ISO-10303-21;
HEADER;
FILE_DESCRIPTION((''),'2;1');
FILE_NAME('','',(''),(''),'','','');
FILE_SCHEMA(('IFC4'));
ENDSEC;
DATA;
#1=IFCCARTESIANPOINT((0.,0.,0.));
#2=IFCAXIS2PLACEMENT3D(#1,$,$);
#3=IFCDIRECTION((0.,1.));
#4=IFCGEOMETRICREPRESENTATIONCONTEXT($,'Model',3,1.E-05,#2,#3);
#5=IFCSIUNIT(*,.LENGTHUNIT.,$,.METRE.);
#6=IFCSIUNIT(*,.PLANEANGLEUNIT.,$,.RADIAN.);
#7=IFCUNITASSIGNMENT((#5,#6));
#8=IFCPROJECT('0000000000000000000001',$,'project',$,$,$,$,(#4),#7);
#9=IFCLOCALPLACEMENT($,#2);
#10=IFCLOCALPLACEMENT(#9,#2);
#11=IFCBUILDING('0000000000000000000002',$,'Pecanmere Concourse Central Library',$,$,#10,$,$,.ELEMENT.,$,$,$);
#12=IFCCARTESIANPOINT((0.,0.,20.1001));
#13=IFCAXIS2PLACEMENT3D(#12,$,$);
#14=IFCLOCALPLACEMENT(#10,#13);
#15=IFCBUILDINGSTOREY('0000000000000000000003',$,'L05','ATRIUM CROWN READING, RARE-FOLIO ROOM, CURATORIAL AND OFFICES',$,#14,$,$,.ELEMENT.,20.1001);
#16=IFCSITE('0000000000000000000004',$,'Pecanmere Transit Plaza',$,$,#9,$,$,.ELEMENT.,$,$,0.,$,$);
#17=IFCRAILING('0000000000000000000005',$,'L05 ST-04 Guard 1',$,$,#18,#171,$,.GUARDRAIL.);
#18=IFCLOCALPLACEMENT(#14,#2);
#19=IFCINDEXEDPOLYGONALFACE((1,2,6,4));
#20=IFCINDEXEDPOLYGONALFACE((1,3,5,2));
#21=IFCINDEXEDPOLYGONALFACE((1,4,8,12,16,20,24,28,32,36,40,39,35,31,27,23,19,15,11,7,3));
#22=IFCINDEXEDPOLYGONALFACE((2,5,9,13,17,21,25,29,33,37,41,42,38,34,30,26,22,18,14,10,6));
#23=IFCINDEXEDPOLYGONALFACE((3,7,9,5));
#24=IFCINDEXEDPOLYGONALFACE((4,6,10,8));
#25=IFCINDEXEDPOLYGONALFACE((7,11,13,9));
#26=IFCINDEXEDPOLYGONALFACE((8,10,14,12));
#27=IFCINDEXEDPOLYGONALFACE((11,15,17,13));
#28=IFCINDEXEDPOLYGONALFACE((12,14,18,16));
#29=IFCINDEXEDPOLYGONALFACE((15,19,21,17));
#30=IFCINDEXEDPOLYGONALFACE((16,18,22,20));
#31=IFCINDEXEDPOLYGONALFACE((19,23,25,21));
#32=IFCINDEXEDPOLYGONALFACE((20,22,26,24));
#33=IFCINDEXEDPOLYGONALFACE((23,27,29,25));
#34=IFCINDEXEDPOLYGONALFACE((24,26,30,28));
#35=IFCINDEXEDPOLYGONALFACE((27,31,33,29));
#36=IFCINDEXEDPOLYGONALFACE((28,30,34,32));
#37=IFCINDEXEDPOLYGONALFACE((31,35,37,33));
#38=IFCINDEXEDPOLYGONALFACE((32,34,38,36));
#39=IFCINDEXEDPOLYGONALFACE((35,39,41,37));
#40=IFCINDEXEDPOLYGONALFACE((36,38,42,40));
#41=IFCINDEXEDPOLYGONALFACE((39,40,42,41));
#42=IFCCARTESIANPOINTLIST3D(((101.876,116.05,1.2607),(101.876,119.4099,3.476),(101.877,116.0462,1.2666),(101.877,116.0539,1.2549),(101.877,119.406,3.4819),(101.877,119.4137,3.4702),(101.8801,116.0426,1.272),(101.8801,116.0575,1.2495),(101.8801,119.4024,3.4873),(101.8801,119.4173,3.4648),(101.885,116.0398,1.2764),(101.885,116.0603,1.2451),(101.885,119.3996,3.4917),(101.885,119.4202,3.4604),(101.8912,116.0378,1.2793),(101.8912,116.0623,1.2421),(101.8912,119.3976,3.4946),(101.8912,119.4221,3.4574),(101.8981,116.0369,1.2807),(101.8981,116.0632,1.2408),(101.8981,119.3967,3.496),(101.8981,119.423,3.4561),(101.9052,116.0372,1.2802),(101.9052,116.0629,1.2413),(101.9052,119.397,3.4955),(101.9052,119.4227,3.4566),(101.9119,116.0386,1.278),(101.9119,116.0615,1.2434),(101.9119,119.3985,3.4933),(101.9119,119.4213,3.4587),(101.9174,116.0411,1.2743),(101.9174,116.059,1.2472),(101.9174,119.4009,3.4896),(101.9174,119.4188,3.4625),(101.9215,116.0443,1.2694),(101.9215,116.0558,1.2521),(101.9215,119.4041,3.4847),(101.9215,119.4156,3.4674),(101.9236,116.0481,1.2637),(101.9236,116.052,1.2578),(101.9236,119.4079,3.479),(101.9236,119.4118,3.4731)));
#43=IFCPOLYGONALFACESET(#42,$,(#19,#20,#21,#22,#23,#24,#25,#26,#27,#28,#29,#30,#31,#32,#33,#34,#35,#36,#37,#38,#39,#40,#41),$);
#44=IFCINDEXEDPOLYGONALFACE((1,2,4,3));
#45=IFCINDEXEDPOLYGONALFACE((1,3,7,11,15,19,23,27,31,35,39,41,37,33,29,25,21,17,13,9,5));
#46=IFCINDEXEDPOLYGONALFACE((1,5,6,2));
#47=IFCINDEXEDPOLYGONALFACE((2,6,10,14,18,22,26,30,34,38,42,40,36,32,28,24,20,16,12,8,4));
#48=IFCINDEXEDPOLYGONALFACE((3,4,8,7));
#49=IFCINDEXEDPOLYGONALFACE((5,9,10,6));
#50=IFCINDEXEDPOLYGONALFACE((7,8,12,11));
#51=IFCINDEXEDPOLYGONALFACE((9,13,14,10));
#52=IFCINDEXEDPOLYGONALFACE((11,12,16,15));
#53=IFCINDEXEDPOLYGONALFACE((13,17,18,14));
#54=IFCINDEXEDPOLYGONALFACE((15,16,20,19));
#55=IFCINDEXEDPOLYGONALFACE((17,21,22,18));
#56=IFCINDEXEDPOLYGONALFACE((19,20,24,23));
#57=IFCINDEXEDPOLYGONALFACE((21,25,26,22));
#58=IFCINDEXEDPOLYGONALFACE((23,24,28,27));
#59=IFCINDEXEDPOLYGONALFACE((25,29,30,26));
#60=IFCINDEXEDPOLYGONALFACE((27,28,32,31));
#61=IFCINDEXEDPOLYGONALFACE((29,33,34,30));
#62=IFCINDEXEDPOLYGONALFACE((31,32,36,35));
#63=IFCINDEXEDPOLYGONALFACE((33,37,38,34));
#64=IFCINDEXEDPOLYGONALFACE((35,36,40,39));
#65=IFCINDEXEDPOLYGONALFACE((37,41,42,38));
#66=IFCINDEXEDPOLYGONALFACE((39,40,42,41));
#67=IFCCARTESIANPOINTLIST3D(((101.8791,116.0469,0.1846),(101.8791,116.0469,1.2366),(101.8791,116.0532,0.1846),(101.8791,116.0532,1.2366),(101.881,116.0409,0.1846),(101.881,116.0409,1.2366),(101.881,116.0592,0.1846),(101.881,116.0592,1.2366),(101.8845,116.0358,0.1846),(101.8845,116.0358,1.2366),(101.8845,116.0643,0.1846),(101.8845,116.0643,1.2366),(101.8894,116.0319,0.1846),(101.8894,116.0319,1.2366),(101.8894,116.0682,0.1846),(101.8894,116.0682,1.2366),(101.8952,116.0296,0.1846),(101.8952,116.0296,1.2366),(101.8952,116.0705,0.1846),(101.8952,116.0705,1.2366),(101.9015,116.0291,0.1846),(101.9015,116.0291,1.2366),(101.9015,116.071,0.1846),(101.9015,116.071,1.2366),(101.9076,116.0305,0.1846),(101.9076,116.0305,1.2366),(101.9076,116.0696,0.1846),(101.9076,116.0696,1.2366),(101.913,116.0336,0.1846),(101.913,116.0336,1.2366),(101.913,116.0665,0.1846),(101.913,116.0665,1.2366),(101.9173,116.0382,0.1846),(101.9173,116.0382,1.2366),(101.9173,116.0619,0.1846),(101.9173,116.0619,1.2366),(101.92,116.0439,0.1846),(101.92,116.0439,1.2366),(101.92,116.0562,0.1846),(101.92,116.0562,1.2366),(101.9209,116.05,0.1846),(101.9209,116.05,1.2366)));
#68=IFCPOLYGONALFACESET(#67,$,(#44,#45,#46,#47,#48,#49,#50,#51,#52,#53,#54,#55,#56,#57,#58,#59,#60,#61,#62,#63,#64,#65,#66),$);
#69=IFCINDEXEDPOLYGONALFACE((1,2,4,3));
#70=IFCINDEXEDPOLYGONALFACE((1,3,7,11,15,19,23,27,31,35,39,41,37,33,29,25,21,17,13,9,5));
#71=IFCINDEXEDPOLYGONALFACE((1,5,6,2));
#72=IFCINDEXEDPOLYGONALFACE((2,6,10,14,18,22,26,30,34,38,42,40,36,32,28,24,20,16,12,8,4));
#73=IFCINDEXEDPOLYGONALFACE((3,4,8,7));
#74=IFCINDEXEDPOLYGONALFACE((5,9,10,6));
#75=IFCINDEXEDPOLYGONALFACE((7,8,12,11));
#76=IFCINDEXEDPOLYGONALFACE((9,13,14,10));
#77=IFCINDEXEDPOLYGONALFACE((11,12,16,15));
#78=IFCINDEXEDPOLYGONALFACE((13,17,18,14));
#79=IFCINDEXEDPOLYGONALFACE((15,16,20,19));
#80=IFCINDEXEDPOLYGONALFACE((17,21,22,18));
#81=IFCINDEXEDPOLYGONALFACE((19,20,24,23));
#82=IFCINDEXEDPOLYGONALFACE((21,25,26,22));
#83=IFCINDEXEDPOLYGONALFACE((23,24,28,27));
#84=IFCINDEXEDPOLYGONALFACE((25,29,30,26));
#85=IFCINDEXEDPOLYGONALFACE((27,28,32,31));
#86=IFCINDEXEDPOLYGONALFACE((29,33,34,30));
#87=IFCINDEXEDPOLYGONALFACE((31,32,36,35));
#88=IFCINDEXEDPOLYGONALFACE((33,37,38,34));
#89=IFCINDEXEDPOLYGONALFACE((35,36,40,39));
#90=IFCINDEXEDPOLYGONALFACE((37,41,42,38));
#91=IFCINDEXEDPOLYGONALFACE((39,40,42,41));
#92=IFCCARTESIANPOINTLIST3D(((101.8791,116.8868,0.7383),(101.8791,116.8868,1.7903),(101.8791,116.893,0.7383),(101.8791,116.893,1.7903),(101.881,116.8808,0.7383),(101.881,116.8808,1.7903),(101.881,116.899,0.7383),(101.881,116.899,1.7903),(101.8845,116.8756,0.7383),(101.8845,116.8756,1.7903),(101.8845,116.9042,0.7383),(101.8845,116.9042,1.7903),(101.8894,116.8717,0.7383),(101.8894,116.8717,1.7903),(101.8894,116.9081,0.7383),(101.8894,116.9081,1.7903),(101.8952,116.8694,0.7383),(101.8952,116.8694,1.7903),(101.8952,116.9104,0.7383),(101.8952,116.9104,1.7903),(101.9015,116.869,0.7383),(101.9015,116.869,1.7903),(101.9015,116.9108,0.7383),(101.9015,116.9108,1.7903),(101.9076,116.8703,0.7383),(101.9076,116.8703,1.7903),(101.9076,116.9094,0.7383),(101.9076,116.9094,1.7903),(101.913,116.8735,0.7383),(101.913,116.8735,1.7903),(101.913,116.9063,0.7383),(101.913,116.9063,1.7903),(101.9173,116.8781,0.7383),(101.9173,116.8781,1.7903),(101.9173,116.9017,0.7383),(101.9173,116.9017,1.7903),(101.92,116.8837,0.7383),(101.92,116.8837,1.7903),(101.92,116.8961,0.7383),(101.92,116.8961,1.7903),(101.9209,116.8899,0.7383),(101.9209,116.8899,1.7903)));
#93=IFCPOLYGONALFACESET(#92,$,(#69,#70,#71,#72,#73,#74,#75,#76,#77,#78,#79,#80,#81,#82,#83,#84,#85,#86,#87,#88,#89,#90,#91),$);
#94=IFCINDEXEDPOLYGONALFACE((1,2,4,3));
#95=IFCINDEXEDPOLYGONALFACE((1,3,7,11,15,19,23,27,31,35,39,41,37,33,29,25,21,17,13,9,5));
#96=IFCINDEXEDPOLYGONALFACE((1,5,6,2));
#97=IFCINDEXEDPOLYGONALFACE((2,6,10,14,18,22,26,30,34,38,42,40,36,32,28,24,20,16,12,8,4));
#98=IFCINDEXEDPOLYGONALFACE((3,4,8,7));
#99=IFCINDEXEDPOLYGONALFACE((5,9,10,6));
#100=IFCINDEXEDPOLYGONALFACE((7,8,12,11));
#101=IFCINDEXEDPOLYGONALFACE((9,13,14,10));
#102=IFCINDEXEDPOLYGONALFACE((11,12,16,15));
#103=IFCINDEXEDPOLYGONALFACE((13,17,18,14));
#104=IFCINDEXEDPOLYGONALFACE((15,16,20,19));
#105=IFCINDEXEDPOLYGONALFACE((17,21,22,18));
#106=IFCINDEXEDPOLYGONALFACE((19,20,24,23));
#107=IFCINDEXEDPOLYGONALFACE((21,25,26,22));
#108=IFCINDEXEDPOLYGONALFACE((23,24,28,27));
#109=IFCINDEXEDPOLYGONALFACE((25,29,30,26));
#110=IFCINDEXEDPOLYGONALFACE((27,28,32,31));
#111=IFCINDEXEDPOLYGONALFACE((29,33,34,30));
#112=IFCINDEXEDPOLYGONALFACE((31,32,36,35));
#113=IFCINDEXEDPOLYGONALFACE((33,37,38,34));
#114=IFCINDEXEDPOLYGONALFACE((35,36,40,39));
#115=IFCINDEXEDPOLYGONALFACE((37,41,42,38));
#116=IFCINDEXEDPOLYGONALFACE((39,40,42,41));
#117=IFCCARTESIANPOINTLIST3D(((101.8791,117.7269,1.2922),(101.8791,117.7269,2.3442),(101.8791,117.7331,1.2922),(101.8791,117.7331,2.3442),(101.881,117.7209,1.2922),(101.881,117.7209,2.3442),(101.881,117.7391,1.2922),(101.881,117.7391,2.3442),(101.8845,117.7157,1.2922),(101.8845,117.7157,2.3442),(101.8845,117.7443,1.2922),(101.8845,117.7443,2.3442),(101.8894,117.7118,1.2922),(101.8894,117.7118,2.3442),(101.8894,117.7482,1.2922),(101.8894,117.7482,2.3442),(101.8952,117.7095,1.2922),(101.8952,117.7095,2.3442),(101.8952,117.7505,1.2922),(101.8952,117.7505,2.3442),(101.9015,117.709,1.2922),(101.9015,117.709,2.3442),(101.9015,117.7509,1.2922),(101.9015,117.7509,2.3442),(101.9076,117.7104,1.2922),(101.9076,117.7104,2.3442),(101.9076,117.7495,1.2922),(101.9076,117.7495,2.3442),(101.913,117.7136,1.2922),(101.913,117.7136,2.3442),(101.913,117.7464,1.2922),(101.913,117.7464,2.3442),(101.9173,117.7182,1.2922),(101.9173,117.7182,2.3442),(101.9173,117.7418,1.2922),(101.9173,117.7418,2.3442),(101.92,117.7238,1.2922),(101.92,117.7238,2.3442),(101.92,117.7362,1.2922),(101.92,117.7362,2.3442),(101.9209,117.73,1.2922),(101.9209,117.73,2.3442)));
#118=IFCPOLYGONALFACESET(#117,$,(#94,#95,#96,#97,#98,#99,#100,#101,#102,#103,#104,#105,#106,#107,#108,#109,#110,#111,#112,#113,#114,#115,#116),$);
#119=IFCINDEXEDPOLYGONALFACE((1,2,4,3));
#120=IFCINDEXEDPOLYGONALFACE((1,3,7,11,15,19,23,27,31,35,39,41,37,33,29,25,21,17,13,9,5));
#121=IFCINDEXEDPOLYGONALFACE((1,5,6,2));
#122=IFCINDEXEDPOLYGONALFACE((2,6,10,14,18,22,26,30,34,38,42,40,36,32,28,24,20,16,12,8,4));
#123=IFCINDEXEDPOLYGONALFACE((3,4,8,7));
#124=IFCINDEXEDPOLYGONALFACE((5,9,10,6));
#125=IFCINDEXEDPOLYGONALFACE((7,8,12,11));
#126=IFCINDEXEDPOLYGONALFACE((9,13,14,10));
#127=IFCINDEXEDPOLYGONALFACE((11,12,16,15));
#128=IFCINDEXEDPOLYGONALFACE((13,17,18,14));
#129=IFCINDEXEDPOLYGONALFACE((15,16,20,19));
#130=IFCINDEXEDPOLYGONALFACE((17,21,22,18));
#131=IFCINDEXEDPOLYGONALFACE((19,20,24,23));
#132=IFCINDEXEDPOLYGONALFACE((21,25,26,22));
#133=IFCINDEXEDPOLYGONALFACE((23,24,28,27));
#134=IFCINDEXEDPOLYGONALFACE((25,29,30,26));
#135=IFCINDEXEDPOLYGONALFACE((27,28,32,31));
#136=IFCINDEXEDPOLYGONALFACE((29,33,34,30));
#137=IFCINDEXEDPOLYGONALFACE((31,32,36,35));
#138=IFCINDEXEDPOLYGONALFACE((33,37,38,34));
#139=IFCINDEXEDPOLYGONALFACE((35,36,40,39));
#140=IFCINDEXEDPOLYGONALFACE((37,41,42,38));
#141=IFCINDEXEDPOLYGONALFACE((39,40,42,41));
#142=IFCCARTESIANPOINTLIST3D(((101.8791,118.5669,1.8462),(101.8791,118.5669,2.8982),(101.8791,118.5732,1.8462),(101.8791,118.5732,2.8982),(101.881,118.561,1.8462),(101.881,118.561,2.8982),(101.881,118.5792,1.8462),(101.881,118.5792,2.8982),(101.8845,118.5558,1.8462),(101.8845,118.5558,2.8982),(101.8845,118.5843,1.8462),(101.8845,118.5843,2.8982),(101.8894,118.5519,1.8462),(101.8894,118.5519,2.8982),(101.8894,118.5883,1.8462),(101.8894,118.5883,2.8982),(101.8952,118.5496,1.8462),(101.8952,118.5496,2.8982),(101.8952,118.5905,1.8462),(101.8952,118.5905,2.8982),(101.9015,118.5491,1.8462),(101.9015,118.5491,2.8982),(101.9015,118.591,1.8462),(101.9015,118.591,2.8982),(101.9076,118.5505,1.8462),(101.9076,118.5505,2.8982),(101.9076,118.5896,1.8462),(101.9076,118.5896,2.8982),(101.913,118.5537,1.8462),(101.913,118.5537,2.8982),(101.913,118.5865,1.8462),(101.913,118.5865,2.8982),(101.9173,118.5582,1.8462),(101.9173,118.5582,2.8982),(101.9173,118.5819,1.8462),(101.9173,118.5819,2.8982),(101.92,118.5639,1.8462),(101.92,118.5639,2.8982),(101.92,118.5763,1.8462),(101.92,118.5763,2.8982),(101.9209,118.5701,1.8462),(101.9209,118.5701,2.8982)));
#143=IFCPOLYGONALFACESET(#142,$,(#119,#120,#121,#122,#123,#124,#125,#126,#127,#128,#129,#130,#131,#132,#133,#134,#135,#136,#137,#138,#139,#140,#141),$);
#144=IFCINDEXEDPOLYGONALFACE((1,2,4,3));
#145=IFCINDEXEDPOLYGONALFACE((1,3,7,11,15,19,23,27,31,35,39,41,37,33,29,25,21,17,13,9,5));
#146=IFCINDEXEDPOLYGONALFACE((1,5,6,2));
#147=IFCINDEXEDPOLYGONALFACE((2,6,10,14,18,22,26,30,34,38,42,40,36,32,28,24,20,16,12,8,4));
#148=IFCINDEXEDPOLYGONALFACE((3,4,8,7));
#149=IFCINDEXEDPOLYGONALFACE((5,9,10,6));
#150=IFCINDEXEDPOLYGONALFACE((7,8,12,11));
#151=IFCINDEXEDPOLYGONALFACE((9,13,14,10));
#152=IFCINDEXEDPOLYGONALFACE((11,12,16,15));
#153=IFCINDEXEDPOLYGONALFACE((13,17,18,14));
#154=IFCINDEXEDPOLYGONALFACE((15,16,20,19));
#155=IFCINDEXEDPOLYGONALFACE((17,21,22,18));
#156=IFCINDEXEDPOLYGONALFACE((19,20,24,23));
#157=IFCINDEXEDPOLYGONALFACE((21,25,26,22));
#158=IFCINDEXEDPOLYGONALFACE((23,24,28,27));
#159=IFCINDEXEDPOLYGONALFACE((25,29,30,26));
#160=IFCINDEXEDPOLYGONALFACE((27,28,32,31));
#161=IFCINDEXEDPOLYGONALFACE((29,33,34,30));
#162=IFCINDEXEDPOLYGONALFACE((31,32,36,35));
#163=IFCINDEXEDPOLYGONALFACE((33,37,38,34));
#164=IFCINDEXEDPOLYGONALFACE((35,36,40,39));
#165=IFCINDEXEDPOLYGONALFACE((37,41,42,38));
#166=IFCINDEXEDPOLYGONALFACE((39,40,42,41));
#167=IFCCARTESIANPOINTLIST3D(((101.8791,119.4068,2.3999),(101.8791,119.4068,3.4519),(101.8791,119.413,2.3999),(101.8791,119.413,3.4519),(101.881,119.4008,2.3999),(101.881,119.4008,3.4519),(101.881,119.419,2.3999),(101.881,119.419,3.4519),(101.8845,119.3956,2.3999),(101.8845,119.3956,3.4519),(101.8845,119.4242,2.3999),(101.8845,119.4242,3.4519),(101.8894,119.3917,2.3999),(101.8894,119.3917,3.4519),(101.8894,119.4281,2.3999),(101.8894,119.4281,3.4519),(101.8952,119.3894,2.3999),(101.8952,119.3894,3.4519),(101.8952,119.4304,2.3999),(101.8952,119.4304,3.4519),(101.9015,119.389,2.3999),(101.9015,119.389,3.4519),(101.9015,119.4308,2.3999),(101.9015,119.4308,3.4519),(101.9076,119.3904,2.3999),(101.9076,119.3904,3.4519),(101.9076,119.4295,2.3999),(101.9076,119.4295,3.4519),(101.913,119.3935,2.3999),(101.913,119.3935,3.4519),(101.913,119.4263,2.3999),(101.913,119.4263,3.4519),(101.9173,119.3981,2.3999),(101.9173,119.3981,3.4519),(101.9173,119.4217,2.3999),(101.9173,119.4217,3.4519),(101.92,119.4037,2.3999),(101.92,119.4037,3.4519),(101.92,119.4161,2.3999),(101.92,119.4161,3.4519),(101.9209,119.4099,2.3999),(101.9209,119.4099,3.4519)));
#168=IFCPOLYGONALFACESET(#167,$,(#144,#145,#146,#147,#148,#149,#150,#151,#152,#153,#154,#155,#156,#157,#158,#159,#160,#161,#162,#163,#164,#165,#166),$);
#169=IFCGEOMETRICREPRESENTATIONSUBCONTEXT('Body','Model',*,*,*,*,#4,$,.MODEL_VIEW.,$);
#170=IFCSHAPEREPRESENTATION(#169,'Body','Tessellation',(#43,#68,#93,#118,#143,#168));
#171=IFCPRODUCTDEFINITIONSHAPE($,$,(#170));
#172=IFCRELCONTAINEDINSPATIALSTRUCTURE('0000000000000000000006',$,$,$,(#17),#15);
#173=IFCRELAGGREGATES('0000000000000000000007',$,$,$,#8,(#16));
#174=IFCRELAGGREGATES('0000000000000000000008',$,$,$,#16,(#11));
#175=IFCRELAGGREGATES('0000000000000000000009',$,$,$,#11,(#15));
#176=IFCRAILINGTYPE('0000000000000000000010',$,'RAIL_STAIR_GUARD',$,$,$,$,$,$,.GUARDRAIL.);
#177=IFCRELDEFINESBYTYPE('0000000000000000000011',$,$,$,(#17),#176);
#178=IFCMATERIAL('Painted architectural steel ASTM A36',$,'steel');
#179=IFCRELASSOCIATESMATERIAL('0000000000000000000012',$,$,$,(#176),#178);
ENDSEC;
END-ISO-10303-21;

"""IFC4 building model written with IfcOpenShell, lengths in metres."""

from ifc_helpers import new_model, si_unit, direction, frame, origin, origin_2d, place, context, subcontext, project, spatial, circle, extrude, material, type_object, element, save


model = new_model("IFC4")

# Units and contexts
model_context = context("Model", 3, precision=1e-05, world=origin(), true_north=direction((0.0, 1.0)))
body_context = subcontext(model_context, "Body", "Model", "MODEL_VIEW")
ifc_project = project(units=[si_unit("LENGTHUNIT", "METRE"), si_unit("PLANEANGLEUNIT", "RADIAN")], contexts=[model_context])

# Site, building, storey
site_placement = place(None, origin())
site = spatial("IfcSite", under=ifc_project, at=site_placement, Name="Pecanmere Transit Plaza", CompositionType="ELEMENT", RefElevation=0.0)
building_placement = place(site_placement, origin())
building = spatial("IfcBuilding", under=site, at=building_placement, Name="Pecanmere Concourse Central Library", CompositionType="ELEMENT")
storey_placement = place(building_placement, frame((0.0, 0.0, 20.1001)))
storey = spatial("IfcBuildingStorey", under=building, at=storey_placement, Name="L05", Description="ATRIUM CROWN READING, RARE-FOLIO ROOM, CURATORIAL AND OFFICES", CompositionType="ELEMENT", Elevation=20.1001)

# Railing
ifc_material_1 = material(Name="Painted architectural steel ASTM A36", Category="steel")
railing_type_1 = type_object("IfcRailingType", Name="RAIL_STAIR_GUARD", PredefinedType="GUARDRAIL", material=ifc_material_1)
railing_1_placement = place(storey_placement, frame((101.8999, 116.05, 0.1846)))
element("IfcRailing", 1, at=railing_1_placement, inside=storey, type_object=railing_type_1, Name="L05 ST-04 Guard 1", PredefinedType="GUARDRAIL", context=body_context, shape_type="SweptSolid", body=[
    extrude(circle(Radius=0.0239, at=origin_2d()), frame((0.0, 0.0, 1.0762), z_axis=(0.0, 0.834858, 0.550465), x_axis=(-1.0, 0.0, 0.0)), (0.0, 0.0, 1.0), 4.0244),
    extrude(circle(Radius=0.021, at=origin_2d()), origin(), (0.0, 0.0, 1.0), 1.052),
    extrude(circle(Radius=0.021, at=origin_2d()), frame((0.0, 0.8398, 0.5537)), (0.0, 0.0, 1.0), 1.052),
    extrude(circle(Radius=0.021, at=origin_2d()), frame((0.0, 1.6799, 1.1077)), (0.0, 0.0, 1.0), 1.052),
    extrude(circle(Radius=0.021, at=origin_2d()), frame((0.0, 2.52, 1.6616)), (0.0, 0.0, 1.0), 1.052),
    extrude(circle(Radius=0.021, at=origin_2d()), frame((0.0, 3.3599, 2.2153)), (0.0, 0.0, 1.0), 1.052),
])

save(model, "model.ifc")
